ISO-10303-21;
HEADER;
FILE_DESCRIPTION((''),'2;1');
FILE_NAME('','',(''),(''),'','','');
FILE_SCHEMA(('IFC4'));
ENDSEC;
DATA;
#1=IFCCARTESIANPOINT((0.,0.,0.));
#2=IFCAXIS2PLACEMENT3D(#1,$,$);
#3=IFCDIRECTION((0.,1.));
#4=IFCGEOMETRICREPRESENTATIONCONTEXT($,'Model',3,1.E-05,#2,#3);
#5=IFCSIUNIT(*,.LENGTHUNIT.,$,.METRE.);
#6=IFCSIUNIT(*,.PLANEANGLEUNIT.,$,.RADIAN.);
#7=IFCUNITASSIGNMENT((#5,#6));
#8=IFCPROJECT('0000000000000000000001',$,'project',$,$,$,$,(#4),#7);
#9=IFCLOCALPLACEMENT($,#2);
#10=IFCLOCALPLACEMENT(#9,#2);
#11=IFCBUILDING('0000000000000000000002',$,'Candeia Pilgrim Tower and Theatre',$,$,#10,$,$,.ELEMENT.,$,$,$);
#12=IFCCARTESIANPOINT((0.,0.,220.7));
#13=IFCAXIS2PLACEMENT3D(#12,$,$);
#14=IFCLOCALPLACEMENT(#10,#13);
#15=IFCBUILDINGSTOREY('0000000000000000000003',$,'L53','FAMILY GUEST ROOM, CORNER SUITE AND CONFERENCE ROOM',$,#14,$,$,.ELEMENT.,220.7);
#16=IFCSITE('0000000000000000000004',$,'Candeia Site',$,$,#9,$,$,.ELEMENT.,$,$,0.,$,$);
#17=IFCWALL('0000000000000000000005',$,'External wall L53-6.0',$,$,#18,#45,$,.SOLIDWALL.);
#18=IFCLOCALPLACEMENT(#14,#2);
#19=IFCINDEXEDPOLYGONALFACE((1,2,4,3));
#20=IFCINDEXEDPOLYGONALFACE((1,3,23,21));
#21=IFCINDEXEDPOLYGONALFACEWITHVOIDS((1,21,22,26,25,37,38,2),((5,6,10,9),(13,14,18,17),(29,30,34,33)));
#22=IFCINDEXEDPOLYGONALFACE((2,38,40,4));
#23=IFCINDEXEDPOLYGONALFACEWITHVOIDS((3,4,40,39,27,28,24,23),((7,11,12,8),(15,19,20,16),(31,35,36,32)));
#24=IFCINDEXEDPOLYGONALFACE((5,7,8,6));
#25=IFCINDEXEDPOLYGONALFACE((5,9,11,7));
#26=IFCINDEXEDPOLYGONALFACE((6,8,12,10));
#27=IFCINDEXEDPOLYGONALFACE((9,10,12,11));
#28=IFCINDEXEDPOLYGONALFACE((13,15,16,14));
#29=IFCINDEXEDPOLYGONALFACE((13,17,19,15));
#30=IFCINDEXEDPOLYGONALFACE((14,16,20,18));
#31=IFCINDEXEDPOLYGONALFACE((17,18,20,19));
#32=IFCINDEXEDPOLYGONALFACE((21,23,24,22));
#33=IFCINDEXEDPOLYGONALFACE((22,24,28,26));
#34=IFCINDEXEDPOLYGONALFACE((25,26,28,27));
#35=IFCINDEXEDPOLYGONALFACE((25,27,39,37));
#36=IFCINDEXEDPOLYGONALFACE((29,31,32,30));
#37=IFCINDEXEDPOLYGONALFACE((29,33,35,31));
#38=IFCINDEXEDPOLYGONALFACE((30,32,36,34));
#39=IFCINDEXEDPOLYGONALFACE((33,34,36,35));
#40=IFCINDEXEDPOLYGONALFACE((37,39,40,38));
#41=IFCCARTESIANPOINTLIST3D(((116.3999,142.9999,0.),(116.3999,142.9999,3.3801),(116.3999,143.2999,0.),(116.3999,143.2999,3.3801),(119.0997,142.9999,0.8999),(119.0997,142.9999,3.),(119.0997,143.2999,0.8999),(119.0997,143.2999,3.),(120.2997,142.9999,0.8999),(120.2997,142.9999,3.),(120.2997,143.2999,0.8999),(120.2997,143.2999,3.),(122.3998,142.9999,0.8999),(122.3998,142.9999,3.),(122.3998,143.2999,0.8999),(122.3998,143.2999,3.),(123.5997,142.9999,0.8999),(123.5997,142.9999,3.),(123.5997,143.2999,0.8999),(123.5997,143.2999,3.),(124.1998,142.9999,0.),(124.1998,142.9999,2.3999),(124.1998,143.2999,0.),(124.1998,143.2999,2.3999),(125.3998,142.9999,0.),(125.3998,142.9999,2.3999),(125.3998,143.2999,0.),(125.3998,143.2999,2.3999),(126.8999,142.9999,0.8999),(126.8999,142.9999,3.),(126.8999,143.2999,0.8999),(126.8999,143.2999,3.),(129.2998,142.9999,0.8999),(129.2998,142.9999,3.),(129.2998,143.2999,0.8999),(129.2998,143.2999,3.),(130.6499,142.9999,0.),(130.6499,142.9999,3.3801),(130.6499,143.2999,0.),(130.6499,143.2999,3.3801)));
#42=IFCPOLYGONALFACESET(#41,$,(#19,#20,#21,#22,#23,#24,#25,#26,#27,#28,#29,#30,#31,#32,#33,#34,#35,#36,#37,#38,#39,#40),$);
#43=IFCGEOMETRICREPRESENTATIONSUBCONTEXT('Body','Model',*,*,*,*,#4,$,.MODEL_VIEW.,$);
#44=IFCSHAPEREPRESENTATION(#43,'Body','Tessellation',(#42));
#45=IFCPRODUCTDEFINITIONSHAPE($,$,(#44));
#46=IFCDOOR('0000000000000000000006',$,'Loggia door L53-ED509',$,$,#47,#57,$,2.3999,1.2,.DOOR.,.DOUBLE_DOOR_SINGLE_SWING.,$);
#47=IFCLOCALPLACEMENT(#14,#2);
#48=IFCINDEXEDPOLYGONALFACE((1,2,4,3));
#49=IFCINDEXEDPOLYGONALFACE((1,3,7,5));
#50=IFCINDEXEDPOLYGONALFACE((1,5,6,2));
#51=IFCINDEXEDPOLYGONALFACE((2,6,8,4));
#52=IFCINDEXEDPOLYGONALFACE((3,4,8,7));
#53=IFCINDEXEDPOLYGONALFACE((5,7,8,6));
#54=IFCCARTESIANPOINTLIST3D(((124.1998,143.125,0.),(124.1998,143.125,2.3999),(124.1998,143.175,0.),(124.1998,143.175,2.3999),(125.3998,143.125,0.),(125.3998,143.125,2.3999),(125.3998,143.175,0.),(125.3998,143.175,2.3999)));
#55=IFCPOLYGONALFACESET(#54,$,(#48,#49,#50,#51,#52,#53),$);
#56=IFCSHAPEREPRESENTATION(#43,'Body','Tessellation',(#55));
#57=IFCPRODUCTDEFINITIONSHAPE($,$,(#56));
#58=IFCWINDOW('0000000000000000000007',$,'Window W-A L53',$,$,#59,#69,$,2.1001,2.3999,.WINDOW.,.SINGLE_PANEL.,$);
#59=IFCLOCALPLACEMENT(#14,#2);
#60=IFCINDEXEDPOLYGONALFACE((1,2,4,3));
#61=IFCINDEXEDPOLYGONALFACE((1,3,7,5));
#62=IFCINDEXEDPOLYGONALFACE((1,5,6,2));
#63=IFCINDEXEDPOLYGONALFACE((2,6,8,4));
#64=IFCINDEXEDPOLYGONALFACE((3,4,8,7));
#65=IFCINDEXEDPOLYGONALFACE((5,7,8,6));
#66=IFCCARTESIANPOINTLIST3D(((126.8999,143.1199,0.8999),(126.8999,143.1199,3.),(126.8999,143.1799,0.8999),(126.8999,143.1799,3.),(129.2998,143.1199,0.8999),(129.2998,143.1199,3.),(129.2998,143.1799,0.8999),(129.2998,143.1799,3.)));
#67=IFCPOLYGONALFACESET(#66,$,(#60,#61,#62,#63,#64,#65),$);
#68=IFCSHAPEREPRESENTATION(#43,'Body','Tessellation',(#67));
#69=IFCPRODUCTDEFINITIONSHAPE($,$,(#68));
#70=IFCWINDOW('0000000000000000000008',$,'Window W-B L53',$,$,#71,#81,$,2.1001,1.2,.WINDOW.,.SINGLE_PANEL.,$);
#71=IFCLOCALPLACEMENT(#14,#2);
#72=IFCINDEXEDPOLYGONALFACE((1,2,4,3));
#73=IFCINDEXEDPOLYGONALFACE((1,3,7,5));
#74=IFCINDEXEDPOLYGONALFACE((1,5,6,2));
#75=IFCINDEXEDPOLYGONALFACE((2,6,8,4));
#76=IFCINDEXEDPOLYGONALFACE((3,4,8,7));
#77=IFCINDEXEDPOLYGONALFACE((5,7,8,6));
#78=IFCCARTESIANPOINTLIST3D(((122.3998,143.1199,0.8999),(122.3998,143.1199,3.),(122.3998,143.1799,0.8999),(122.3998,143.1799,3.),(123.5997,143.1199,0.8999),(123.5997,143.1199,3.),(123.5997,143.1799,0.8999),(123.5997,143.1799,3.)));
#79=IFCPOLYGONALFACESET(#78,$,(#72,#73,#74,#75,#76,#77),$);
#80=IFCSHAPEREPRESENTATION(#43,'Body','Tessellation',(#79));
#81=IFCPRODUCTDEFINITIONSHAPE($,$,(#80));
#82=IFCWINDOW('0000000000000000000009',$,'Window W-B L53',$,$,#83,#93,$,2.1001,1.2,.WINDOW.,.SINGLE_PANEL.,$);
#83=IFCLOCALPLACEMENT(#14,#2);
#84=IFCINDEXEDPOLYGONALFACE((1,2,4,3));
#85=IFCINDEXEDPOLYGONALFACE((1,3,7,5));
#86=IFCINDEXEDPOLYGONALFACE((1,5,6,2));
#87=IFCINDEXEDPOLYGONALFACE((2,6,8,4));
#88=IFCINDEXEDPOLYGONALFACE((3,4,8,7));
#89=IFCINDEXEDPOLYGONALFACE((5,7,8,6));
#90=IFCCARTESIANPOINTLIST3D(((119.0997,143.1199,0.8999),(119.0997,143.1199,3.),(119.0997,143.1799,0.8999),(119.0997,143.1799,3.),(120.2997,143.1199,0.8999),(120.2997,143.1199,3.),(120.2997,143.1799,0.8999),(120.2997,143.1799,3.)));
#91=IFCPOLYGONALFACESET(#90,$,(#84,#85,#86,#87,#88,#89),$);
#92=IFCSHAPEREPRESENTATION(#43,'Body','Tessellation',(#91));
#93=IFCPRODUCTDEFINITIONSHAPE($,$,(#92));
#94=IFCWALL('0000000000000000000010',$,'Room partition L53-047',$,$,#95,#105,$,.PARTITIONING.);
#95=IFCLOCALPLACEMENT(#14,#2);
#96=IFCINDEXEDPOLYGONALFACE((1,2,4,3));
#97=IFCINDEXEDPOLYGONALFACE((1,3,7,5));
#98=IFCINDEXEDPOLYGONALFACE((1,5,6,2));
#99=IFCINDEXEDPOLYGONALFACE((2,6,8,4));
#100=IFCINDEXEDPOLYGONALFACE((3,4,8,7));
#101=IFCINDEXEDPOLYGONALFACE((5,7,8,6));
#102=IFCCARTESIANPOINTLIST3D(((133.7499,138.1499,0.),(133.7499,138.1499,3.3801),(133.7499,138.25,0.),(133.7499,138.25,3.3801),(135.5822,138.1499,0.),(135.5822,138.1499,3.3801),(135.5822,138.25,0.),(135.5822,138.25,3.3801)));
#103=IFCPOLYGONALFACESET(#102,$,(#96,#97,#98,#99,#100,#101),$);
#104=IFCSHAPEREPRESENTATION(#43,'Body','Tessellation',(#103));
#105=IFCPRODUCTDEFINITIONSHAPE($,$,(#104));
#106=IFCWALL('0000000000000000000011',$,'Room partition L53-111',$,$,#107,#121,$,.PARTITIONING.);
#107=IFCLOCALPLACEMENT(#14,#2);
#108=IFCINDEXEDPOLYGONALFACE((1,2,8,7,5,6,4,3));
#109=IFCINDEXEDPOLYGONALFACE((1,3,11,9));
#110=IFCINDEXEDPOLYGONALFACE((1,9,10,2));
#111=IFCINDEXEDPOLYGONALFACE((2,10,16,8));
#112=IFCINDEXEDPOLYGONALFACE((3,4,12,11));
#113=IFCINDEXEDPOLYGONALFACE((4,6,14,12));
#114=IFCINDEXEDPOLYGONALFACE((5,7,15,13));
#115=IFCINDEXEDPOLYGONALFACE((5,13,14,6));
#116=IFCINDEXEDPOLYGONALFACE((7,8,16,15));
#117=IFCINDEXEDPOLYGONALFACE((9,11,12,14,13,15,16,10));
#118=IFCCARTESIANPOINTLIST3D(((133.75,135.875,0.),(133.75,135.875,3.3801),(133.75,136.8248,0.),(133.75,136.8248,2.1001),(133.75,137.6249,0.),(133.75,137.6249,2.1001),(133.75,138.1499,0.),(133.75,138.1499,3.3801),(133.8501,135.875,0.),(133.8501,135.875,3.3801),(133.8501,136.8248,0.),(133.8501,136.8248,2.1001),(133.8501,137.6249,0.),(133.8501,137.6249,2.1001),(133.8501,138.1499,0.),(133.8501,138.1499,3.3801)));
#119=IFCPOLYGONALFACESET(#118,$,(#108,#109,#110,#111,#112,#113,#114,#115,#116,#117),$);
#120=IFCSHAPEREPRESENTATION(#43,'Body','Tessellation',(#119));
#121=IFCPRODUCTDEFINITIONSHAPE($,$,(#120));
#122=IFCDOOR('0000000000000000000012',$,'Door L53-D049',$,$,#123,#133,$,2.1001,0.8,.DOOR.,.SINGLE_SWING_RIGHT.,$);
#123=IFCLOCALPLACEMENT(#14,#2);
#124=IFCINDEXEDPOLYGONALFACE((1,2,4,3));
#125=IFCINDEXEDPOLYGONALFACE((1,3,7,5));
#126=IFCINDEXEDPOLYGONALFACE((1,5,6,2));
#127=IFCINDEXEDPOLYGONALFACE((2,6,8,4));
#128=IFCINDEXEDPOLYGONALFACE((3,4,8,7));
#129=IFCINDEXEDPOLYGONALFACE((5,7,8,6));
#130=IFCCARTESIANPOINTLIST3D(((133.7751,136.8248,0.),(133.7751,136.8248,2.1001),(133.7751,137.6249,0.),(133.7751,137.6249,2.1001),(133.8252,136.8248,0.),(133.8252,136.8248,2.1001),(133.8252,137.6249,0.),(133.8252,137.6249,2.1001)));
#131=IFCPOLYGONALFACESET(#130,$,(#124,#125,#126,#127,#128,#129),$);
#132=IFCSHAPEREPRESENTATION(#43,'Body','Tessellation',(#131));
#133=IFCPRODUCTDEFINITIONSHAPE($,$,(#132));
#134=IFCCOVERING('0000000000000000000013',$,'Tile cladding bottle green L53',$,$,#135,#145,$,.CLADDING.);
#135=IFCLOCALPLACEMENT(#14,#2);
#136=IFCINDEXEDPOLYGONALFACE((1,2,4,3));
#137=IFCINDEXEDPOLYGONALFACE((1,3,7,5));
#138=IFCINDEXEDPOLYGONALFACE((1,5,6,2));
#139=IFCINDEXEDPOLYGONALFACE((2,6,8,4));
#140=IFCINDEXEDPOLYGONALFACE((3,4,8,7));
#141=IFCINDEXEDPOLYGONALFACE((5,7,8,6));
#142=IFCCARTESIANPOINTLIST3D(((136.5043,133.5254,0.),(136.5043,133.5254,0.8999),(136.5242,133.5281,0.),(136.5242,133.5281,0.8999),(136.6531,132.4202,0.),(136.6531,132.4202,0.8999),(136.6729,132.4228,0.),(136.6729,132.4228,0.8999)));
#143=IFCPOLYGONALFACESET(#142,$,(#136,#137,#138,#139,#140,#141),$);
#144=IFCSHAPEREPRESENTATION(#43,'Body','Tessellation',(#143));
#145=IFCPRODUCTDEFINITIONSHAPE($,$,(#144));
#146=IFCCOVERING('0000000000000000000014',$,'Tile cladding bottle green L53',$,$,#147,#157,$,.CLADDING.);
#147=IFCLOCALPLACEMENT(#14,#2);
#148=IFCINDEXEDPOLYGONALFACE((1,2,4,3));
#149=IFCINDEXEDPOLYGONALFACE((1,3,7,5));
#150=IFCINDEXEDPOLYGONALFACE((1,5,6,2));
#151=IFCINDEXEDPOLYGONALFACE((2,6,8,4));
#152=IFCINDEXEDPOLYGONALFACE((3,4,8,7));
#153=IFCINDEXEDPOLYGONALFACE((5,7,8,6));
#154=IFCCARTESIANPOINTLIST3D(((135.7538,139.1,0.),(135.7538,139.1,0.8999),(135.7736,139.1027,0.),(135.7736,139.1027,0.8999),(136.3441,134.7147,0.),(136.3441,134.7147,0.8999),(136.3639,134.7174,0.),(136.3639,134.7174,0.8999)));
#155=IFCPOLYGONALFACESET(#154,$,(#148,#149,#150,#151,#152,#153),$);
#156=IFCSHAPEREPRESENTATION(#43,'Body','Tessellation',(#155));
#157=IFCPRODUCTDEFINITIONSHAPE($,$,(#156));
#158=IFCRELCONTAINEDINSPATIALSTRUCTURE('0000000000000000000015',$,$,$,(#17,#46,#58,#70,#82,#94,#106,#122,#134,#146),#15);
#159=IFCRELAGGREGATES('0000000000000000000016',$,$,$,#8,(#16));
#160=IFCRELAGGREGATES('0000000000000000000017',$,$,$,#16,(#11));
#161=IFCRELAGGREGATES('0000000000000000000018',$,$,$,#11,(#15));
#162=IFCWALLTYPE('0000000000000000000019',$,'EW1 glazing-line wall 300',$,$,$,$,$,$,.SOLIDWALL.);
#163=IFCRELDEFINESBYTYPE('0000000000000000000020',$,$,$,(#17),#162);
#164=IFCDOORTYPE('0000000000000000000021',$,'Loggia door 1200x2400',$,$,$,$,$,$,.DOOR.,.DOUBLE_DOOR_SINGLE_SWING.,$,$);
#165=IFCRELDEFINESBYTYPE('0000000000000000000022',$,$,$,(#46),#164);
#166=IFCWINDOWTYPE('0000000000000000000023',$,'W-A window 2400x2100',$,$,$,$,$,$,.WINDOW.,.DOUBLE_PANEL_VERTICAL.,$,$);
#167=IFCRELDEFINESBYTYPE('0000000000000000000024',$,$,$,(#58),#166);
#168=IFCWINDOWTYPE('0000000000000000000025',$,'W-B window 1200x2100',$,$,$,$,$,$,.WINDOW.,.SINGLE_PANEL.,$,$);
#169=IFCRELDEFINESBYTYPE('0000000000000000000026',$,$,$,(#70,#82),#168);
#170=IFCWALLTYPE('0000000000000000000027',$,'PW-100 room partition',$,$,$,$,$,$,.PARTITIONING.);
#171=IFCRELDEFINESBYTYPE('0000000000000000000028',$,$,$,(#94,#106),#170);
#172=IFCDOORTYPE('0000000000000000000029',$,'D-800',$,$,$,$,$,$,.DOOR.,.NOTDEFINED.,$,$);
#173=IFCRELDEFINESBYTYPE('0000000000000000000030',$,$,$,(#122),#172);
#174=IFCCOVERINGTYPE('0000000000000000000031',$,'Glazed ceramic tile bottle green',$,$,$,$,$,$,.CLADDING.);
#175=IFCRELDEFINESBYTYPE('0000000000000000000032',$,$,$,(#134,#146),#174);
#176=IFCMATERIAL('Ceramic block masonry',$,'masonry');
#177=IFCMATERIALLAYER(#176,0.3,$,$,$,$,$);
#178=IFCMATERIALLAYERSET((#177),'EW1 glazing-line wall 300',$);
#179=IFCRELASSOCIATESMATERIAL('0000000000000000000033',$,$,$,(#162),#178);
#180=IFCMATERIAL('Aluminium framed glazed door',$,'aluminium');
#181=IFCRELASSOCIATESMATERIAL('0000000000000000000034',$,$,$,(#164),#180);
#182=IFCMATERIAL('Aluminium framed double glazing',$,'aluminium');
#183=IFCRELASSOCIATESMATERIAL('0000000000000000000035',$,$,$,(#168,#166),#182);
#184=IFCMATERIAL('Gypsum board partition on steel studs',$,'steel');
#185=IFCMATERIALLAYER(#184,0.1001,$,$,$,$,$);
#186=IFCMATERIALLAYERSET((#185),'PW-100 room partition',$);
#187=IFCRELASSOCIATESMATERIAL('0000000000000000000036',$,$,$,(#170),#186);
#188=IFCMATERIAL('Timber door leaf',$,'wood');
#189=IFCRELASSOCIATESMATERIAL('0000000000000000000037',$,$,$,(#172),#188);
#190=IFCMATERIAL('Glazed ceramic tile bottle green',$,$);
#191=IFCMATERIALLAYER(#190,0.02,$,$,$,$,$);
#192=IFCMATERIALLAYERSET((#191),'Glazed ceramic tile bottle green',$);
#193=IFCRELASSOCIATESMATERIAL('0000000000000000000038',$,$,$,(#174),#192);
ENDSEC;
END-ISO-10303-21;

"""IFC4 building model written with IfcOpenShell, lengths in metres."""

from ifc_helpers import new_model, si_unit, direction, frame, frame_2d, origin, origin_2d, place, context, subcontext, project, spatial, rectangle, extrude, material, layer, layer_set, type_object, element, fill, save


model = new_model("IFC4")

# Units and contexts
model_context = context("Model", 3, precision=1e-05, world=origin(), true_north=direction((0.0, 1.0)))
body_context = subcontext(model_context, "Body", "Model", "MODEL_VIEW")
ifc_project = project(units=[si_unit("LENGTHUNIT", "METRE"), si_unit("PLANEANGLEUNIT", "RADIAN")], contexts=[model_context])

# Site, building, storey
site_placement = place(None, origin())
site = spatial("IfcSite", under=ifc_project, at=site_placement, Name="Candeia Site", CompositionType="ELEMENT", RefElevation=0.0)
building_placement = place(site_placement, origin())
building = spatial("IfcBuilding", under=site, at=building_placement, Name="Candeia Pilgrim Tower and Theatre", CompositionType="ELEMENT")
storey_placement = place(building_placement, frame((0.0, 0.0, 220.7)))
storey = spatial("IfcBuildingStorey", under=building, at=storey_placement, Name="L53", Description="FAMILY GUEST ROOM, CORNER SUITE AND CONFERENCE ROOM", CompositionType="ELEMENT", Elevation=220.7)

# Shared definitions
ifc_material_1 = material(Name="Ceramic block masonry", Category="masonry")
ifc_layer_1 = layer(ifc_material_1, 0.3)
ifc_layer_set_1 = layer_set([ifc_layer_1], Name="EW1 glazing-line wall 300")
wall_type_1 = type_object("IfcWallType", Name="EW1 glazing-line wall 300", PredefinedType="SOLIDWALL", material=ifc_layer_set_1)
ifc_material_2 = material(Name="Aluminium framed glazed door", Category="aluminium")
door_type_1 = type_object("IfcDoorType", Name="Loggia door 1200x2400", OperationType="DOUBLE_DOOR_SINGLE_SWING", PredefinedType="DOOR", material=ifc_material_2)
ifc_material_3 = material(Name="Aluminium framed double glazing", Category="aluminium")
window_type_1 = type_object("IfcWindowType", Name="W-B window 1200x2100", PartitioningType="SINGLE_PANEL", PredefinedType="WINDOW", material=ifc_material_3)

# Wall, openings, door, windows
wall_1_placement = place(storey_placement, frame((130.6499, 143.1499, 0.0), z_axis=(0.0, 0.0, 1.0), x_axis=(-1.0, 0.0, 0.0)))
wall_1 = element("IfcWall", 1, at=wall_1_placement, inside=storey, type_object=wall_type_1, Name="External wall L53-6.0", PredefinedType="SOLIDWALL", context=body_context, shape_type="SweptSolid", body=[
    extrude(rectangle(XDim=14.25, YDim=0.3, at=frame_2d((7.125, 0.0))), origin(), (0.0, 0.0, 1.0), 3.3801),
])
opening_1_placement = place(wall_1_placement, frame((1.3501, 0.0, 0.8999)))
opening_1 = element("IfcOpeningElement", 2, at=opening_1_placement, cuts=wall_1, PredefinedType="OPENING", context=body_context, shape_type="SweptSolid", body=[
    extrude(rectangle(XDim=2.3999, YDim=2.1001, at=frame_2d((1.2, 1.05))), frame((0.0, 0.1602, 0.0), z_axis=(0.0, -1.0, 0.0), x_axis=(1.0, 0.0, 0.0)), (0.0, 0.0, 1.0), 0.3201),
])
opening_2_placement = place(wall_1_placement, frame((5.25, 0.0, 0.0)))
opening_2 = element("IfcOpeningElement", 3, at=opening_2_placement, cuts=wall_1, PredefinedType="OPENING", context=body_context, shape_type="SweptSolid", body=[
    extrude(rectangle(XDim=1.2, YDim=2.3999, at=frame_2d((0.6001, 1.2))), frame((0.0, 0.1602, 0.0), z_axis=(0.0, -1.0, 0.0), x_axis=(1.0, 0.0, 0.0)), (0.0, 0.0, 1.0), 0.3201),
])
opening_3_placement = place(wall_1_placement, frame((7.05, 0.0, 0.8999)))
opening_3 = element("IfcOpeningElement", 4, at=opening_3_placement, cuts=wall_1, PredefinedType="OPENING", context=body_context, shape_type="SweptSolid", body=[
    extrude(rectangle(XDim=1.2, YDim=2.1001, at=frame_2d((0.6001, 1.05))), frame((0.0, 0.1602, 0.0), z_axis=(0.0, -1.0, 0.0), x_axis=(1.0, 0.0, 0.0)), (0.0, 0.0, 1.0), 0.3201),
])
opening_4_placement = place(wall_1_placement, frame((10.3501, 0.0, 0.8999)))
opening_4 = element("IfcOpeningElement", 5, at=opening_4_placement, cuts=wall_1, PredefinedType="OPENING", context=body_context, shape_type="SweptSolid", body=[
    extrude(rectangle(XDim=1.2, YDim=2.1001, at=frame_2d((0.6001, 1.05))), frame((0.0, 0.1602, 0.0), z_axis=(0.0, -1.0, 0.0), x_axis=(1.0, 0.0, 0.0)), (0.0, 0.0, 1.0), 0.3201),
])
door_1_placement = place(opening_2_placement, origin())
door_1 = element("IfcDoor", 6, at=door_1_placement, inside=storey, type_object=door_type_1, Name="Loggia door L53-ED509", OperationType="DOUBLE_DOOR_SINGLE_SWING", OverallHeight=2.3999, OverallWidth=1.2, PredefinedType="DOOR", context=body_context, shape_type="SweptSolid", body=[
    extrude(rectangle(XDim=1.2, YDim=2.3999, at=frame_2d((0.6001, 1.2))), frame((0.0, 0.0249, 0.0), z_axis=(0.0, -1.0, 0.0), x_axis=(1.0, 0.0, 0.0)), (0.0, 0.0, 1.0), 0.05),
])
fill(opening_2, door_1)
window_type_2 = type_object("IfcWindowType", Name="W-A window 2400x2100", PartitioningType="DOUBLE_PANEL_VERTICAL", PredefinedType="WINDOW", material=ifc_material_3)
window_1_placement = place(opening_1_placement, origin())
window_1 = element("IfcWindow", 7, at=window_1_placement, inside=storey, type_object=window_type_2, Name="Window W-A L53", OverallHeight=2.1001, OverallWidth=2.3999, PartitioningType="SINGLE_PANEL", PredefinedType="WINDOW", context=body_context, shape_type="SweptSolid", body=[
    extrude(rectangle(XDim=2.3999, YDim=2.1001, at=frame_2d((1.2, 1.05))), frame((0.0, 0.03, 0.0), z_axis=(0.0, -1.0, 0.0), x_axis=(1.0, 0.0, 0.0)), (0.0, 0.0, 1.0), 0.0601),
])
fill(opening_1, window_1)
window_2_placement = place(opening_3_placement, origin())
window_2 = element("IfcWindow", 8, at=window_2_placement, inside=storey, type_object=window_type_1, Name="Window W-B L53", OverallHeight=2.1001, OverallWidth=1.2, PartitioningType="SINGLE_PANEL", PredefinedType="WINDOW", context=body_context, shape_type="SweptSolid", body=[
    extrude(rectangle(XDim=1.2, YDim=2.1001, at=frame_2d((0.6001, 1.05))), frame((0.0, 0.03, 0.0), z_axis=(0.0, -1.0, 0.0), x_axis=(1.0, 0.0, 0.0)), (0.0, 0.0, 1.0), 0.0601),
])
fill(opening_3, window_2)
window_3_placement = place(opening_4_placement, origin())
window_3 = element("IfcWindow", 9, at=window_3_placement, inside=storey, type_object=window_type_1, Name="Window W-B L53", OverallHeight=2.1001, OverallWidth=1.2, PartitioningType="SINGLE_PANEL", PredefinedType="WINDOW", context=body_context, shape_type="SweptSolid", body=[
    extrude(rectangle(XDim=1.2, YDim=2.1001, at=frame_2d((0.6001, 1.05))), frame((0.0, 0.03, 0.0), z_axis=(0.0, -1.0, 0.0), x_axis=(1.0, 0.0, 0.0)), (0.0, 0.0, 1.0), 0.0601),
])
fill(opening_4, window_3)

# Wall
ifc_material_4 = material(Name="Gypsum board partition on steel studs", Category="steel")
ifc_layer_2 = layer(ifc_material_4, 0.1001)
ifc_layer_set_2 = layer_set([ifc_layer_2], Name="PW-100 room partition")
wall_type_2 = type_object("IfcWallType", Name="PW-100 room partition", PredefinedType="PARTITIONING", material=ifc_layer_set_2)
wall_2_placement = place(storey_placement, frame((133.75, 138.2, 0.0), z_axis=(0.0, 0.0, 1.0), x_axis=(1.0, 0.0, 0.0)))
element("IfcWall", 10, at=wall_2_placement, inside=storey, type_object=wall_type_2, Name="Room partition L53-047", PredefinedType="PARTITIONING", context=body_context, shape_type="SweptSolid", body=[
    extrude(rectangle(XDim=1.8323, YDim=0.1001, at=frame_2d((0.916, 0.0))), origin(), (0.0, 0.0, 1.0), 3.3801),
])

# Wall, opening, door
wall_3_placement = place(storey_placement, frame((133.8, 135.875, 0.0), z_axis=(0.0, 0.0, 1.0), x_axis=(0.0, 1.0, 0.0)))
wall_3 = element("IfcWall", 11, at=wall_3_placement, inside=storey, type_object=wall_type_2, Name="Room partition L53-111", PredefinedType="PARTITIONING", context=body_context, shape_type="SweptSolid", body=[
    extrude(rectangle(XDim=2.2749, YDim=0.1001, at=frame_2d((1.1375, 0.0))), origin(), (0.0, 0.0, 1.0), 3.3801),
])
opening_5_placement = place(wall_3_placement, frame((0.95, 0.0, 0.0)))
opening_5 = element("IfcOpeningElement", 12, at=opening_5_placement, cuts=wall_3, PredefinedType="OPENING", context=body_context, shape_type="SweptSolid", body=[
    extrude(rectangle(XDim=0.8, YDim=2.1001, at=frame_2d((0.3999, 1.05))), frame((0.0, 0.0601, 0.0), z_axis=(0.0, -1.0, 0.0), x_axis=(1.0, 0.0, 0.0)), (0.0, 0.0, 1.0), 0.1201),
])
ifc_material_5 = material(Name="Timber door leaf", Category="wood")
door_type_2 = type_object("IfcDoorType", Name="D-800", OperationType="NOTDEFINED", PredefinedType="DOOR", material=ifc_material_5)
door_2_placement = place(opening_5_placement, origin())
door_2 = element("IfcDoor", 13, at=door_2_placement, inside=storey, type_object=door_type_2, Name="Door L53-D049", OperationType="SINGLE_SWING_RIGHT", OverallHeight=2.1001, OverallWidth=0.8, PredefinedType="DOOR", context=body_context, shape_type="SweptSolid", body=[
    extrude(rectangle(XDim=0.8, YDim=2.1001, at=frame_2d((0.3999, 1.05))), frame((0.0, 0.0249, 0.0), z_axis=(0.0, -1.0, 0.0), x_axis=(1.0, 0.0, 0.0)), (0.0, 0.0, 1.0), 0.05),
])
fill(opening_5, door_2)

# Coverings
ifc_material_6 = material(Name="Glazed ceramic tile bottle green")
ifc_layer_3 = layer(ifc_material_6, 0.02)
ifc_layer_set_3 = layer_set([ifc_layer_3], Name="Glazed ceramic tile bottle green")
covering_type_1 = type_object("IfcCoveringType", Name="Glazed ceramic tile bottle green", PredefinedType="CLADDING", material=ifc_layer_set_3)
covering_1_placement = place(storey_placement, frame((136.5886, 132.9741, 0.0), z_axis=(0.0, 0.0, 1.0), x_axis=(-0.133412, 0.991061, 0.0)))
element("IfcCovering", 14, at=covering_1_placement, inside=storey, type_object=covering_type_1, Name="Tile cladding bottle green L53", PredefinedType="CLADDING", context=body_context, shape_type="SweptSolid", body=[
    extrude(rectangle(XDim=1.1152, YDim=0.02, at=origin_2d()), origin(), (0.0, 0.0, 1.0), 0.8999),
])
covering_2_placement = place(storey_placement, frame((136.0588, 136.9087, 0.0), z_axis=(0.0, 0.0, 1.0), x_axis=(-0.133412, 0.991061, 0.0)))
element("IfcCovering", 15, at=covering_2_placement, inside=storey, type_object=covering_type_1, Name="Tile cladding bottle green L53", PredefinedType="CLADDING", context=body_context, shape_type="SweptSolid", body=[
    extrude(rectangle(XDim=4.4248, YDim=0.02, at=origin_2d()), origin(), (0.0, 0.0, 1.0), 0.8999),
])

save(model, "model.ifc")
